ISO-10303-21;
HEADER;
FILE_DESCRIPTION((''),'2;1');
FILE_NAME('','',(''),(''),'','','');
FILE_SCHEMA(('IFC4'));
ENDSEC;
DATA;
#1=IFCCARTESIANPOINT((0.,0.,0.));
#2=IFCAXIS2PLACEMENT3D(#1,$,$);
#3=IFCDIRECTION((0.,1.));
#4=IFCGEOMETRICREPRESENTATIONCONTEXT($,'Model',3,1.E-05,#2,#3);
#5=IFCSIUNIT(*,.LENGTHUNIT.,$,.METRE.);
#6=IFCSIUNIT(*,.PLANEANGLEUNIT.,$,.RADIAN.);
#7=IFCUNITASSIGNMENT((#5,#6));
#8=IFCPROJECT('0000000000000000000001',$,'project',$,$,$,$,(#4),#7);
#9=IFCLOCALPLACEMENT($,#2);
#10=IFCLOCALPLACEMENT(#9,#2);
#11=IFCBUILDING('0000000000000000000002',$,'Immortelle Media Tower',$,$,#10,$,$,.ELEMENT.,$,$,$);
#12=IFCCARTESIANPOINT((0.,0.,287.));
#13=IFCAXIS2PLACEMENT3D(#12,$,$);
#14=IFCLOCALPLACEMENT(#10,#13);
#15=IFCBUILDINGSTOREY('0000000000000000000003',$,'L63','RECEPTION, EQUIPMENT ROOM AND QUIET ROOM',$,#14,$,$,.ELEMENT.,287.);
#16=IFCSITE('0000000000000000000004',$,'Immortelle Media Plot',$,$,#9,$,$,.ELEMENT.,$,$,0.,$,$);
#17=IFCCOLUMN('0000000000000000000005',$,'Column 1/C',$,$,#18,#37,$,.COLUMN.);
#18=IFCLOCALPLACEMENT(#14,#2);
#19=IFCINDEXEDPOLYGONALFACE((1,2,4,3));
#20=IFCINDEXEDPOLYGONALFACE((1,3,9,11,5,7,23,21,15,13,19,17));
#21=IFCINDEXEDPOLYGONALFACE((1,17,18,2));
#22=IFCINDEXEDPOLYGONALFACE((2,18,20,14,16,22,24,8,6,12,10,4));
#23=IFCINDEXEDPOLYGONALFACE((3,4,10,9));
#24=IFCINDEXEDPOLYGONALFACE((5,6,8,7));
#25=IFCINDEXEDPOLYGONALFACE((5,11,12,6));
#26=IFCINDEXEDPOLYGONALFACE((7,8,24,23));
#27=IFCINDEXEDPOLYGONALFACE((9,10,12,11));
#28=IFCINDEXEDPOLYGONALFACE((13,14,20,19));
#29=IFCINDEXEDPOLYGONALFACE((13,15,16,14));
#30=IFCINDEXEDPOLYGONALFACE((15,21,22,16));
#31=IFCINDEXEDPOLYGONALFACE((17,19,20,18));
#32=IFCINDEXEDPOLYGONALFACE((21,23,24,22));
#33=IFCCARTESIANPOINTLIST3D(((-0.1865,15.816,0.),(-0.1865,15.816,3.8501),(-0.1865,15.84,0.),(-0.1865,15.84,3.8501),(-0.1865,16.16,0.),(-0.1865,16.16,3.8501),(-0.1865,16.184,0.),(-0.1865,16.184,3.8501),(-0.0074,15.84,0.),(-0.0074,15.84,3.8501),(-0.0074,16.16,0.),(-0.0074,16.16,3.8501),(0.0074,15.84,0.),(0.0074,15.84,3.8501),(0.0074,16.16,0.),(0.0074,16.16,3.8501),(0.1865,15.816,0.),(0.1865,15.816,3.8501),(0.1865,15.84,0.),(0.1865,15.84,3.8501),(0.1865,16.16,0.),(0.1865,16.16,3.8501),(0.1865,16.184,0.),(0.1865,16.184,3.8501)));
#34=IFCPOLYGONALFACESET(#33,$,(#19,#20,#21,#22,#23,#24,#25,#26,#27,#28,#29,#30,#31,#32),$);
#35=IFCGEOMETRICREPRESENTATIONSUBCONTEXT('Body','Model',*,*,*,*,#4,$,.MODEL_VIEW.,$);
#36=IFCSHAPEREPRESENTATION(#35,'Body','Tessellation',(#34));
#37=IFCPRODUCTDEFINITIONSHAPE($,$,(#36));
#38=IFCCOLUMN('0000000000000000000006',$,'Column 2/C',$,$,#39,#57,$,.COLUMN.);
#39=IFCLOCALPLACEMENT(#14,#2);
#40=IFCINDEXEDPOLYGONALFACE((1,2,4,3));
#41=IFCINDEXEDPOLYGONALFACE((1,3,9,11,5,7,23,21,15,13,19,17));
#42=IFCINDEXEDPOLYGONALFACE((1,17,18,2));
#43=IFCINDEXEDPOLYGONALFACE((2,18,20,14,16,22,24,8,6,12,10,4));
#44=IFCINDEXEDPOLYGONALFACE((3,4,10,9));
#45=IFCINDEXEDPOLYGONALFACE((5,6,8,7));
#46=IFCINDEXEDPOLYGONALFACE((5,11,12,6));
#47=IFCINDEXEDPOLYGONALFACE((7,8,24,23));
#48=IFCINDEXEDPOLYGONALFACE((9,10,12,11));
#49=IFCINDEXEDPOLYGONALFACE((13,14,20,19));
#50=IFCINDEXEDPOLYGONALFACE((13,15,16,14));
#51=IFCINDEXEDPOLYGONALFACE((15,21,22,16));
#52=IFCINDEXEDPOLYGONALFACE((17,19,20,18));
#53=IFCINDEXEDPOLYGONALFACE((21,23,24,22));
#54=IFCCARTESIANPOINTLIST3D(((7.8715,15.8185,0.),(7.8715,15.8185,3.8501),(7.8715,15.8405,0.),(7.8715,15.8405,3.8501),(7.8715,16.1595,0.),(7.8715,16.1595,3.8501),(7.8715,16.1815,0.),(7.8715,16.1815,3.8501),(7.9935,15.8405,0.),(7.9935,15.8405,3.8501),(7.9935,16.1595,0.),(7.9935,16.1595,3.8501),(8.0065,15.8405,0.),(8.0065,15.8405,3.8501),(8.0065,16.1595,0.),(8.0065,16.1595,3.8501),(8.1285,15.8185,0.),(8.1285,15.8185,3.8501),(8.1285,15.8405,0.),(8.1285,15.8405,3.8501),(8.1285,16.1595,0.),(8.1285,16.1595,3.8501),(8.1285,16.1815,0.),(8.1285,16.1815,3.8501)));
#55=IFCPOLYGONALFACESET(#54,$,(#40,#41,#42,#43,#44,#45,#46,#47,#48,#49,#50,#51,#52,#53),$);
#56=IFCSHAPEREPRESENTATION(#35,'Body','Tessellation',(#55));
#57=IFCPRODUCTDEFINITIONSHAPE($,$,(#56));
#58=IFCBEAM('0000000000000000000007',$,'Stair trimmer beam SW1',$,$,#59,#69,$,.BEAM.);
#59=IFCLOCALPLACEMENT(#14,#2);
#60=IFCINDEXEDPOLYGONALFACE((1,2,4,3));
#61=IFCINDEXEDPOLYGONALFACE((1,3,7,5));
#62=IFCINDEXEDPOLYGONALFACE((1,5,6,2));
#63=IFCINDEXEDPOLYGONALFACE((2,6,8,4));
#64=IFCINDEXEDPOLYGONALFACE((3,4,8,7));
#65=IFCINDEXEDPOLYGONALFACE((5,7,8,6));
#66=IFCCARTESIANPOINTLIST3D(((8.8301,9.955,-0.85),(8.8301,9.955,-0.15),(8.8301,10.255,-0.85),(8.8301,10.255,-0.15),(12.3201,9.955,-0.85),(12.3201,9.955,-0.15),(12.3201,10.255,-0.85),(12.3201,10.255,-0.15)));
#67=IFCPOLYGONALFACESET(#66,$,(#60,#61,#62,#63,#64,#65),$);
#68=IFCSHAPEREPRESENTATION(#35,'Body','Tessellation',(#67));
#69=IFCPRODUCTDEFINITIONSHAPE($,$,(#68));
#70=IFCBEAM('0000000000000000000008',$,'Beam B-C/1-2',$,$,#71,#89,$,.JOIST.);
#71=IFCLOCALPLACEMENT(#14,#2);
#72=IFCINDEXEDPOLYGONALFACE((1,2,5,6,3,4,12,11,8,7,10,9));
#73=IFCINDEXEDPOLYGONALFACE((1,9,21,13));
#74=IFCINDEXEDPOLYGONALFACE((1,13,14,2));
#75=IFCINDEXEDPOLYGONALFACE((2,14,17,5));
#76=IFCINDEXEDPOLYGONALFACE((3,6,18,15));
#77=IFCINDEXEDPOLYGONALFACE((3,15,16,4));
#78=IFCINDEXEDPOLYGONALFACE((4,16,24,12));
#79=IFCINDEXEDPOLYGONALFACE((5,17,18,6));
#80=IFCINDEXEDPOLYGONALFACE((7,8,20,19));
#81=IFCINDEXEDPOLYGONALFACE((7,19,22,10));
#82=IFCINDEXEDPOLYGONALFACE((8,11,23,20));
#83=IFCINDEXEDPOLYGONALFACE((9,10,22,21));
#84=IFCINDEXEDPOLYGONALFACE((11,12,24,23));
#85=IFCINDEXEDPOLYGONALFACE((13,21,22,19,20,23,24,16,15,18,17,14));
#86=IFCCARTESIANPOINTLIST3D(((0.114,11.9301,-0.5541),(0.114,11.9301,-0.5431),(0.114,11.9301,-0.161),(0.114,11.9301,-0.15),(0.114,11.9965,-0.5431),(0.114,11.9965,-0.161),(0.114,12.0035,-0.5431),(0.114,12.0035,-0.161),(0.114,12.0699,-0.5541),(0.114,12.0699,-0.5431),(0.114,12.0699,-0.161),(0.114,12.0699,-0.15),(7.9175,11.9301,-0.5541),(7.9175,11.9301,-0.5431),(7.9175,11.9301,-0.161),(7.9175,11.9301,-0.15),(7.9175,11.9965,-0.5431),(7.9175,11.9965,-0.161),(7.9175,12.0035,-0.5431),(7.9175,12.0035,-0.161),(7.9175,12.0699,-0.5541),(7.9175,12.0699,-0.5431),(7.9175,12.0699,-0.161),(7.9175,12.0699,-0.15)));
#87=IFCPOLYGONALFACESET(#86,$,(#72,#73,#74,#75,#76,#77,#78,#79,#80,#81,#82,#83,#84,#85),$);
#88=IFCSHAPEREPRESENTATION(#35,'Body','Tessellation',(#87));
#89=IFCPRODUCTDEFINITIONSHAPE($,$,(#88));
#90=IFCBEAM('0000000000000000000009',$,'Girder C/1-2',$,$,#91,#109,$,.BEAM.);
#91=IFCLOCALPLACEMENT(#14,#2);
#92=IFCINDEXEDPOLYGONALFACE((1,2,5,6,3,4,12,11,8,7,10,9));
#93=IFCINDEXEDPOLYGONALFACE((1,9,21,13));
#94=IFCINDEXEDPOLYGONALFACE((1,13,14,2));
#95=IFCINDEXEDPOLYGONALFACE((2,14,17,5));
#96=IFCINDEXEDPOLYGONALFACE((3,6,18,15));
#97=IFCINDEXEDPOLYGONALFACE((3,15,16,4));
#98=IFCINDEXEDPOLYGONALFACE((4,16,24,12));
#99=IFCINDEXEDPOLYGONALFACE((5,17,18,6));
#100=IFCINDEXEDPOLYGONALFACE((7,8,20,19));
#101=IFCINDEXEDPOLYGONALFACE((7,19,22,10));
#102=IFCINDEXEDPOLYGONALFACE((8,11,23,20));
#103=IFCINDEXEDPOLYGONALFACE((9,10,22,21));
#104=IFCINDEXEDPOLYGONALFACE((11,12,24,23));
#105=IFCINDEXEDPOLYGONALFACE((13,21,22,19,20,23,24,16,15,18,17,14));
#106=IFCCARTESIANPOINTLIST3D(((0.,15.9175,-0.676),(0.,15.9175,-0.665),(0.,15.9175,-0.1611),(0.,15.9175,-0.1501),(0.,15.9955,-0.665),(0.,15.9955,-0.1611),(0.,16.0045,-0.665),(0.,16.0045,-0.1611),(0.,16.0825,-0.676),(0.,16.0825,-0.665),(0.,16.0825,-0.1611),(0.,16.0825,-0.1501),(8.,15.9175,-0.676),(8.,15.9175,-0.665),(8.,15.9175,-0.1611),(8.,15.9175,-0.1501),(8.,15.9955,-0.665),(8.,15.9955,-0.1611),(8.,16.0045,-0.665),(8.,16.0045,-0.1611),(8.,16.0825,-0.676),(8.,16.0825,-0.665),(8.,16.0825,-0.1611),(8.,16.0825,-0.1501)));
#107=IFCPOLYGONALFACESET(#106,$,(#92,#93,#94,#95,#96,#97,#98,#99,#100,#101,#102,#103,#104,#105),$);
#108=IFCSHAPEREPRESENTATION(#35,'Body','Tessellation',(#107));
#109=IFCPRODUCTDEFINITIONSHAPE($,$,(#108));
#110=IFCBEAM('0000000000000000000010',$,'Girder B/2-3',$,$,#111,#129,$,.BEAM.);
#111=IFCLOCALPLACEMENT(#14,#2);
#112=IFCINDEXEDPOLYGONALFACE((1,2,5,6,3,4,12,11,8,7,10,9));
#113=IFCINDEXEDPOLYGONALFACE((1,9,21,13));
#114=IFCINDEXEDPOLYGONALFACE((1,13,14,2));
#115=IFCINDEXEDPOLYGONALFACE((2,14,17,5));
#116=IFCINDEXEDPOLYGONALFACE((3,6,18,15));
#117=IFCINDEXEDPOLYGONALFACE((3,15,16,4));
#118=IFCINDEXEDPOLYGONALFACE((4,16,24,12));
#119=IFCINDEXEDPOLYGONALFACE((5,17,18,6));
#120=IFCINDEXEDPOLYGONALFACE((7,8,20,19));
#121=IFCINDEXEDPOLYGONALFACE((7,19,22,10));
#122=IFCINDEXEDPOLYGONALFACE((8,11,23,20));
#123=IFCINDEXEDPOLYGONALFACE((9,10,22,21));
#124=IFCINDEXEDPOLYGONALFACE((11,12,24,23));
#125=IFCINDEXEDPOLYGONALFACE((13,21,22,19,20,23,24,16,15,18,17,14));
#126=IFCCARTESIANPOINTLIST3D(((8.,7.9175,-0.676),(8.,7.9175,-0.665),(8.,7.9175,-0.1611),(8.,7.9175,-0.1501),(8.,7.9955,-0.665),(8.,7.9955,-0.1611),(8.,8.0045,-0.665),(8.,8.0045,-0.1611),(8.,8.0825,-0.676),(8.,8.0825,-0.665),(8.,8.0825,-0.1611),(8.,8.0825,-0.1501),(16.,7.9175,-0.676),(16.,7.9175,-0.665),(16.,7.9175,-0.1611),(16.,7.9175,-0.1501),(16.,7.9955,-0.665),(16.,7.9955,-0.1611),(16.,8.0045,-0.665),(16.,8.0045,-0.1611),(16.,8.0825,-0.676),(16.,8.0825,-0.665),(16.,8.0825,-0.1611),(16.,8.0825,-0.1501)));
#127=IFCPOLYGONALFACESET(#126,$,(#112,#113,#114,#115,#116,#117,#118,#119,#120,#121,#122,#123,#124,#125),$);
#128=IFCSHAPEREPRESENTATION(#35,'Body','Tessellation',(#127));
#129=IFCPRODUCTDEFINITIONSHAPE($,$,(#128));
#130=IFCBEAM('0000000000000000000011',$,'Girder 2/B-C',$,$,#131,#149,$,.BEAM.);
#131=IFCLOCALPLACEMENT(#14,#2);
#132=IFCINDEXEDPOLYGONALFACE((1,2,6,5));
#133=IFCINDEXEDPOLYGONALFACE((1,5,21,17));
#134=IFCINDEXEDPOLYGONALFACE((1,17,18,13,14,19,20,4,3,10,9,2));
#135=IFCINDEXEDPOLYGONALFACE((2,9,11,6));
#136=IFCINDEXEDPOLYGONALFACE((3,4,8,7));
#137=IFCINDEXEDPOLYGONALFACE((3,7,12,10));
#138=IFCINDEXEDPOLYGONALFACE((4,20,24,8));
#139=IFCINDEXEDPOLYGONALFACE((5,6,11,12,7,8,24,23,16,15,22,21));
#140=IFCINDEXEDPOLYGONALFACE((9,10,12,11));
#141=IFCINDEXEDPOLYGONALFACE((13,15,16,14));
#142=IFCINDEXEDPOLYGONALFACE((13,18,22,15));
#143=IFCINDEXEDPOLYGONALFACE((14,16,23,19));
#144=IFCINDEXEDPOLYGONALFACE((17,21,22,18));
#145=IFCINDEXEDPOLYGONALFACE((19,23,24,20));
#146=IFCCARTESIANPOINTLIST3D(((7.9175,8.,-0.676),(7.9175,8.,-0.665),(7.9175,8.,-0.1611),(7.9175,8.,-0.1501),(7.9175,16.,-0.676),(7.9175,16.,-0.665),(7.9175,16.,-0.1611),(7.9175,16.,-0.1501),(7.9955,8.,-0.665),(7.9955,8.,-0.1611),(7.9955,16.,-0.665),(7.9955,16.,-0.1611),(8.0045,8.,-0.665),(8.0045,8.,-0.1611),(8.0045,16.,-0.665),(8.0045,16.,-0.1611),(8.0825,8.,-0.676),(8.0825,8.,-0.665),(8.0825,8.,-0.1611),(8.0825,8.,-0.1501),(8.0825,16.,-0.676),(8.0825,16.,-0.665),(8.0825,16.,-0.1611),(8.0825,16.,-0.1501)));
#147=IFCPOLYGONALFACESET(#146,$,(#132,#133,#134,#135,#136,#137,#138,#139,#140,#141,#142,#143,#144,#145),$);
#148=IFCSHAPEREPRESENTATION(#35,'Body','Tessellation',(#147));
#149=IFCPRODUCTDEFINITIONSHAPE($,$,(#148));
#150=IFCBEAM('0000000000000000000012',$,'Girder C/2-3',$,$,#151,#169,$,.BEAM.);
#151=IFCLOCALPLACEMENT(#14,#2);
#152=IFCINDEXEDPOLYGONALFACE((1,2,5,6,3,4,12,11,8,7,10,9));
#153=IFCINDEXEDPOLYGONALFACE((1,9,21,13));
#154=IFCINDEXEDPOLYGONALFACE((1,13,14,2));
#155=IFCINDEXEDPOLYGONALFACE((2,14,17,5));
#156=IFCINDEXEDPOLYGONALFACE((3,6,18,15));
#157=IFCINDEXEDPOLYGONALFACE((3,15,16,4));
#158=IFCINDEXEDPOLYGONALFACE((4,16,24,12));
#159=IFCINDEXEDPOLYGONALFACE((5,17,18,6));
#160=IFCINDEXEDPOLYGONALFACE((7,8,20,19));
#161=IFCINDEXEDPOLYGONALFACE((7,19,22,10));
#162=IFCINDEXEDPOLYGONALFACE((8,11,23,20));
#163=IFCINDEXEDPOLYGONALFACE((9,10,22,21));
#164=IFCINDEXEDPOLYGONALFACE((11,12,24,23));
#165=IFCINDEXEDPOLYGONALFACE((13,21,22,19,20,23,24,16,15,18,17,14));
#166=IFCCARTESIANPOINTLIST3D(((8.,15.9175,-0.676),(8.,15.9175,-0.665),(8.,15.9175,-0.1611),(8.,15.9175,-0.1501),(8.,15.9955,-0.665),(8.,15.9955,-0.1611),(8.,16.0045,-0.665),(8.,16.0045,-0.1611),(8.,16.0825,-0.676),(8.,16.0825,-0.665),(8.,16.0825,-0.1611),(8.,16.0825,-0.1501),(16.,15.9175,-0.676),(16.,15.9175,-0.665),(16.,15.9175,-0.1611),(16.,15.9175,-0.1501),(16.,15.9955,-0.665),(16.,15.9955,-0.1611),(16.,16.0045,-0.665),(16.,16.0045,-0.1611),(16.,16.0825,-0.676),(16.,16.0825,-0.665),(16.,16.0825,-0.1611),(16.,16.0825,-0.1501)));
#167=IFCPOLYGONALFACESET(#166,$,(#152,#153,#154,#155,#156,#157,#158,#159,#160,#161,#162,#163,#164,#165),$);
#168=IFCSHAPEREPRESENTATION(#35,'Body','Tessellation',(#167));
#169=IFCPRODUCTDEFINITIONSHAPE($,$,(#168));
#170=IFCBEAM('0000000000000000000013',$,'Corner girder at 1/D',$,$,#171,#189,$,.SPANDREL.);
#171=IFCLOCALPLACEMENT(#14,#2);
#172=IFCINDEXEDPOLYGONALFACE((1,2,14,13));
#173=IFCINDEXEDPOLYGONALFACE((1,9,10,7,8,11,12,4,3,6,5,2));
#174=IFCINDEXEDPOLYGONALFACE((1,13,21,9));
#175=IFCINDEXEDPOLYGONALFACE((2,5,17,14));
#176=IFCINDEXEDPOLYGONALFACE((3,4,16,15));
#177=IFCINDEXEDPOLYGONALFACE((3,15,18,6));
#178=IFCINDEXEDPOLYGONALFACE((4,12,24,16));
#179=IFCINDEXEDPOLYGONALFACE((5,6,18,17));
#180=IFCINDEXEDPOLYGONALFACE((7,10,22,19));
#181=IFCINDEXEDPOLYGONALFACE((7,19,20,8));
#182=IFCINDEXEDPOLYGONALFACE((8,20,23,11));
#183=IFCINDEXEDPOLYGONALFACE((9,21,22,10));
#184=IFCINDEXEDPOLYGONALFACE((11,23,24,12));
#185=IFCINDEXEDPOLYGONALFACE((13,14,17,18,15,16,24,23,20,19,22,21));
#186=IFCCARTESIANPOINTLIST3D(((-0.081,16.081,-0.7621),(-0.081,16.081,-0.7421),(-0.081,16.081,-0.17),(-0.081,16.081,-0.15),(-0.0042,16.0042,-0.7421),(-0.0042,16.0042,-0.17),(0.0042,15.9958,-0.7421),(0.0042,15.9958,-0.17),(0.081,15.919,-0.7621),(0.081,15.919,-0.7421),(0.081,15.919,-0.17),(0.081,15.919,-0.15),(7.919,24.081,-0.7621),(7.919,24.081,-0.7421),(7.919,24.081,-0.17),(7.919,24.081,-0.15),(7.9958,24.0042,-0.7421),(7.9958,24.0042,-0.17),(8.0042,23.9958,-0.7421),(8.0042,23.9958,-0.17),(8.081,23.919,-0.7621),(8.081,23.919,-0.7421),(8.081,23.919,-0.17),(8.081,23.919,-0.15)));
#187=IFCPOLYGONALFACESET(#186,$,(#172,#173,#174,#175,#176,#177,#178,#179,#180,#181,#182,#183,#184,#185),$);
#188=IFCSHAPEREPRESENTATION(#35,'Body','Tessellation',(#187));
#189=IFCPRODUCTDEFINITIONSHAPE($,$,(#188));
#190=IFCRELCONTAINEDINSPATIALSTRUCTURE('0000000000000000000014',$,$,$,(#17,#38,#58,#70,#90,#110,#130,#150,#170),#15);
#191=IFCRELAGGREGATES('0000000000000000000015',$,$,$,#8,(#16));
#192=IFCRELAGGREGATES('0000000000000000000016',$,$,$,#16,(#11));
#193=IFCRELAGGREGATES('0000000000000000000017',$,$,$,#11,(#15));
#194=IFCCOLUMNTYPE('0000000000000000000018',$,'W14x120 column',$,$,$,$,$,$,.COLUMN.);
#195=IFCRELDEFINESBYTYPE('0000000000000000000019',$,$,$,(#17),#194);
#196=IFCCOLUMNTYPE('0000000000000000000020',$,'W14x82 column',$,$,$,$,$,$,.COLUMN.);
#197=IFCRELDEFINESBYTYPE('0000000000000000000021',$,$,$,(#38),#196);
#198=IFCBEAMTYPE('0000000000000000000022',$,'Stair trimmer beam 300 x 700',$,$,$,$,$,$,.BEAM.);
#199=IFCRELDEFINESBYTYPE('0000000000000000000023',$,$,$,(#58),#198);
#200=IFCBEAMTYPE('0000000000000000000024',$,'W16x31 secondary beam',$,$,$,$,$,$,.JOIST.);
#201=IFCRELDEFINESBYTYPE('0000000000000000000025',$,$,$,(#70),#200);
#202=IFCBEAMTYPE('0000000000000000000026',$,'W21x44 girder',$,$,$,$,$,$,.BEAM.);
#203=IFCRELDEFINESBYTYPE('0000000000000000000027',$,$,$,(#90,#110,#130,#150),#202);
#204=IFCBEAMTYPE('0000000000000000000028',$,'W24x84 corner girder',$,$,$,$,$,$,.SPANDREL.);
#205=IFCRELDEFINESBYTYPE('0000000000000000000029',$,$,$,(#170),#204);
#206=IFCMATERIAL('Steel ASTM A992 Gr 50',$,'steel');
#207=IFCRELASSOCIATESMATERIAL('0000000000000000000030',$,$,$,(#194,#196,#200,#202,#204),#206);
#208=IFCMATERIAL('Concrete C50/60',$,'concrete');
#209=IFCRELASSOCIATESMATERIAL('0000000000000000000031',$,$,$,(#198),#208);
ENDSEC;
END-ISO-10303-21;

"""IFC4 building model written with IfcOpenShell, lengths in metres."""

from ifc_helpers import new_model, si_unit, direction, frame, origin, origin_2d, place, context, subcontext, project, spatial, rectangle, i_section, extrude, material, material_profile, profile_set, type_object, element, save


model = new_model("IFC4")

# Units and contexts
model_context = context("Model", 3, precision=1e-05, world=origin(), true_north=direction((0.0, 1.0)))
body_context = subcontext(model_context, "Body", "Model", "MODEL_VIEW")
ifc_project = project(units=[si_unit("LENGTHUNIT", "METRE"), si_unit("PLANEANGLEUNIT", "RADIAN")], contexts=[model_context])

# Site, building, storey
site_placement = place(None, origin())
site = spatial("IfcSite", under=ifc_project, at=site_placement, Name="Immortelle Media Plot", CompositionType="ELEMENT", RefElevation=0.0)
building_placement = place(site_placement, origin())
building = spatial("IfcBuilding", under=site, at=building_placement, Name="Immortelle Media Tower", CompositionType="ELEMENT")
storey_placement = place(building_placement, frame((0.0, 0.0, 287.0)))
storey = spatial("IfcBuildingStorey", under=building, at=storey_placement, Name="L63", Description="RECEPTION, EQUIPMENT ROOM AND QUIET ROOM", CompositionType="ELEMENT", Elevation=287.0)

# Columns
ifc_material_1 = material(Name="Steel ASTM A992 Gr 50", Category="steel")
ifc_material_profile_1 = material_profile(ifc_material_1, i_section(OverallWidth=0.373, OverallDepth=0.3679, WebThickness=0.0149, FlangeThickness=0.0239, at=origin_2d()), Name="W14x120")
ifc_profile_set_1 = profile_set([ifc_material_profile_1], Name="Steel ASTM A992 Gr 50")
column_type_1 = type_object("IfcColumnType", Name="W14x120 column", PredefinedType="COLUMN", material=ifc_profile_set_1)
column_1_placement = place(storey_placement, frame((0.0, 16.0, 0.0), z_axis=(0.0, 0.0, 1.0), x_axis=(1.0, 0.0, 0.0)))
element("IfcColumn", 1, at=column_1_placement, inside=storey, type_object=column_type_1, Name="Column 1/C", PredefinedType="COLUMN", context=body_context, shape_type="SweptSolid", body=[
    extrude(i_section(OverallWidth=0.373, OverallDepth=0.3679, WebThickness=0.0149, FlangeThickness=0.0239, at=origin_2d()), origin(), (0.0, 0.0, 1.0), 3.8501),
])
ifc_material_profile_2 = material_profile(ifc_material_1, i_section(OverallWidth=0.2571, OverallDepth=0.363, WebThickness=0.0129, FlangeThickness=0.022, at=origin_2d()), Name="W14x82")
ifc_profile_set_2 = profile_set([ifc_material_profile_2], Name="Steel ASTM A992 Gr 50")
column_type_2 = type_object("IfcColumnType", Name="W14x82 column", PredefinedType="COLUMN", material=ifc_profile_set_2)
column_2_placement = place(storey_placement, frame((8.0, 16.0, 0.0), z_axis=(0.0, 0.0, 1.0), x_axis=(1.0, 0.0, 0.0)))
element("IfcColumn", 2, at=column_2_placement, inside=storey, type_object=column_type_2, Name="Column 2/C", PredefinedType="COLUMN", context=body_context, shape_type="SweptSolid", body=[
    extrude(i_section(OverallWidth=0.2571, OverallDepth=0.363, WebThickness=0.0129, FlangeThickness=0.022, at=origin_2d()), origin(), (0.0, 0.0, 1.0), 3.8501),
])

# Beams
ifc_material_2 = material(Name="Concrete C50/60", Category="concrete")
ifc_material_profile_3 = material_profile(ifc_material_2, rectangle(XDim=0.3, YDim=0.7, at=origin_2d()), Name="RC 300x700")
ifc_profile_set_3 = profile_set([ifc_material_profile_3], Name="Concrete C50/60")
beam_type_1 = type_object("IfcBeamType", Name="Stair trimmer beam 300 x 700", PredefinedType="BEAM", material=ifc_profile_set_3)
beam_1_placement = place(storey_placement, frame((8.8301, 10.105, -0.5), z_axis=(1.0, 0.0, 0.0), x_axis=(0.0, 1.0, 0.0)))
element("IfcBeam", 3, at=beam_1_placement, inside=storey, type_object=beam_type_1, Name="Stair trimmer beam SW1", PredefinedType="BEAM", context=body_context, shape_type="SweptSolid", body=[
    extrude(rectangle(XDim=0.3, YDim=0.7, at=origin_2d()), origin(), (0.0, 0.0, 1.0), 3.49),
])
ifc_material_profile_4 = material_profile(ifc_material_1, i_section(OverallWidth=0.1399, OverallDepth=0.4041, WebThickness=0.0071, FlangeThickness=0.011, at=origin_2d()), Name="W16x31")
ifc_profile_set_4 = profile_set([ifc_material_profile_4], Name="Steel ASTM A992 Gr 50")
beam_type_2 = type_object("IfcBeamType", Name="W16x31 secondary beam", PredefinedType="JOIST", material=ifc_profile_set_4)
beam_2_placement = place(storey_placement, frame((0.114, 12.0, -0.3521), z_axis=(1.0, 0.0, 0.0), x_axis=(0.0, 1.0, 0.0)))
element("IfcBeam", 4, at=beam_2_placement, inside=storey, type_object=beam_type_2, Name="Beam B-C/1-2", PredefinedType="JOIST", context=body_context, shape_type="SweptSolid", body=[
    extrude(i_section(OverallWidth=0.1399, OverallDepth=0.4041, WebThickness=0.0071, FlangeThickness=0.011, at=origin_2d()), origin(), (0.0, 0.0, 1.0), 7.8035),
])
ifc_material_profile_5 = material_profile(ifc_material_1, i_section(OverallWidth=0.165, OverallDepth=0.5259, WebThickness=0.009, FlangeThickness=0.011, at=origin_2d()), Name="W21x44")
ifc_profile_set_5 = profile_set([ifc_material_profile_5], Name="Steel ASTM A992 Gr 50")
beam_type_3 = type_object("IfcBeamType", Name="W21x44 girder", PredefinedType="BEAM", material=ifc_profile_set_5)
for number, where, z_axis, x_axis, name in (
    (5, (0.0, 16.0, -0.4131), (1.0, 0.0, 0.0), (0.0, 1.0, 0.0), "Girder C/1-2"),
    (6, (8.0, 8.0, -0.4131), (1.0, 0.0, 0.0), (0.0, 1.0, 0.0), "Girder B/2-3"),
    (7, (8.0, 8.0, -0.4131), (0.0, 1.0, 0.0), (-1.0, 0.0, 0.0), "Girder 2/B-C"),
    (8, (8.0, 16.0, -0.4131), (1.0, 0.0, 0.0), (0.0, 1.0, 0.0), "Girder C/2-3"),
):
    element("IfcBeam", number, at=place(storey_placement, frame(where, z_axis=z_axis, x_axis=x_axis)), inside=storey, type_object=beam_type_3, Name=name, PredefinedType="BEAM", context=body_context, shape_type="SweptSolid", body=[
        extrude(i_section(OverallWidth=0.165, OverallDepth=0.5259, WebThickness=0.009, FlangeThickness=0.011, at=origin_2d()), origin(), (0.0, 0.0, 1.0), 8.0),
    ])
ifc_material_profile_6 = material_profile(ifc_material_1, i_section(OverallWidth=0.229, OverallDepth=0.6121, WebThickness=0.012, FlangeThickness=0.02, at=origin_2d()), Name="W24x84")
ifc_profile_set_6 = profile_set([ifc_material_profile_6], Name="Steel ASTM A992 Gr 50")
beam_type_4 = type_object("IfcBeamType", Name="W24x84 corner girder", PredefinedType="SPANDREL", material=ifc_profile_set_6)
beam_3_placement = place(storey_placement, frame((0.0, 16.0, -0.4561), z_axis=(0.707107, 0.707107, 0.0), x_axis=(-0.707107, 0.707107, 0.0)))
element("IfcBeam", 9, at=beam_3_placement, inside=storey, type_object=beam_type_4, Name="Corner girder at 1/D", PredefinedType="SPANDREL", context=body_context, shape_type="SweptSolid", body=[
    extrude(i_section(OverallWidth=0.229, OverallDepth=0.6121, WebThickness=0.012, FlangeThickness=0.02, at=origin_2d()), origin(), (0.0, 0.0, 1.0), 11.3137),
])

save(model, "model.ifc")
